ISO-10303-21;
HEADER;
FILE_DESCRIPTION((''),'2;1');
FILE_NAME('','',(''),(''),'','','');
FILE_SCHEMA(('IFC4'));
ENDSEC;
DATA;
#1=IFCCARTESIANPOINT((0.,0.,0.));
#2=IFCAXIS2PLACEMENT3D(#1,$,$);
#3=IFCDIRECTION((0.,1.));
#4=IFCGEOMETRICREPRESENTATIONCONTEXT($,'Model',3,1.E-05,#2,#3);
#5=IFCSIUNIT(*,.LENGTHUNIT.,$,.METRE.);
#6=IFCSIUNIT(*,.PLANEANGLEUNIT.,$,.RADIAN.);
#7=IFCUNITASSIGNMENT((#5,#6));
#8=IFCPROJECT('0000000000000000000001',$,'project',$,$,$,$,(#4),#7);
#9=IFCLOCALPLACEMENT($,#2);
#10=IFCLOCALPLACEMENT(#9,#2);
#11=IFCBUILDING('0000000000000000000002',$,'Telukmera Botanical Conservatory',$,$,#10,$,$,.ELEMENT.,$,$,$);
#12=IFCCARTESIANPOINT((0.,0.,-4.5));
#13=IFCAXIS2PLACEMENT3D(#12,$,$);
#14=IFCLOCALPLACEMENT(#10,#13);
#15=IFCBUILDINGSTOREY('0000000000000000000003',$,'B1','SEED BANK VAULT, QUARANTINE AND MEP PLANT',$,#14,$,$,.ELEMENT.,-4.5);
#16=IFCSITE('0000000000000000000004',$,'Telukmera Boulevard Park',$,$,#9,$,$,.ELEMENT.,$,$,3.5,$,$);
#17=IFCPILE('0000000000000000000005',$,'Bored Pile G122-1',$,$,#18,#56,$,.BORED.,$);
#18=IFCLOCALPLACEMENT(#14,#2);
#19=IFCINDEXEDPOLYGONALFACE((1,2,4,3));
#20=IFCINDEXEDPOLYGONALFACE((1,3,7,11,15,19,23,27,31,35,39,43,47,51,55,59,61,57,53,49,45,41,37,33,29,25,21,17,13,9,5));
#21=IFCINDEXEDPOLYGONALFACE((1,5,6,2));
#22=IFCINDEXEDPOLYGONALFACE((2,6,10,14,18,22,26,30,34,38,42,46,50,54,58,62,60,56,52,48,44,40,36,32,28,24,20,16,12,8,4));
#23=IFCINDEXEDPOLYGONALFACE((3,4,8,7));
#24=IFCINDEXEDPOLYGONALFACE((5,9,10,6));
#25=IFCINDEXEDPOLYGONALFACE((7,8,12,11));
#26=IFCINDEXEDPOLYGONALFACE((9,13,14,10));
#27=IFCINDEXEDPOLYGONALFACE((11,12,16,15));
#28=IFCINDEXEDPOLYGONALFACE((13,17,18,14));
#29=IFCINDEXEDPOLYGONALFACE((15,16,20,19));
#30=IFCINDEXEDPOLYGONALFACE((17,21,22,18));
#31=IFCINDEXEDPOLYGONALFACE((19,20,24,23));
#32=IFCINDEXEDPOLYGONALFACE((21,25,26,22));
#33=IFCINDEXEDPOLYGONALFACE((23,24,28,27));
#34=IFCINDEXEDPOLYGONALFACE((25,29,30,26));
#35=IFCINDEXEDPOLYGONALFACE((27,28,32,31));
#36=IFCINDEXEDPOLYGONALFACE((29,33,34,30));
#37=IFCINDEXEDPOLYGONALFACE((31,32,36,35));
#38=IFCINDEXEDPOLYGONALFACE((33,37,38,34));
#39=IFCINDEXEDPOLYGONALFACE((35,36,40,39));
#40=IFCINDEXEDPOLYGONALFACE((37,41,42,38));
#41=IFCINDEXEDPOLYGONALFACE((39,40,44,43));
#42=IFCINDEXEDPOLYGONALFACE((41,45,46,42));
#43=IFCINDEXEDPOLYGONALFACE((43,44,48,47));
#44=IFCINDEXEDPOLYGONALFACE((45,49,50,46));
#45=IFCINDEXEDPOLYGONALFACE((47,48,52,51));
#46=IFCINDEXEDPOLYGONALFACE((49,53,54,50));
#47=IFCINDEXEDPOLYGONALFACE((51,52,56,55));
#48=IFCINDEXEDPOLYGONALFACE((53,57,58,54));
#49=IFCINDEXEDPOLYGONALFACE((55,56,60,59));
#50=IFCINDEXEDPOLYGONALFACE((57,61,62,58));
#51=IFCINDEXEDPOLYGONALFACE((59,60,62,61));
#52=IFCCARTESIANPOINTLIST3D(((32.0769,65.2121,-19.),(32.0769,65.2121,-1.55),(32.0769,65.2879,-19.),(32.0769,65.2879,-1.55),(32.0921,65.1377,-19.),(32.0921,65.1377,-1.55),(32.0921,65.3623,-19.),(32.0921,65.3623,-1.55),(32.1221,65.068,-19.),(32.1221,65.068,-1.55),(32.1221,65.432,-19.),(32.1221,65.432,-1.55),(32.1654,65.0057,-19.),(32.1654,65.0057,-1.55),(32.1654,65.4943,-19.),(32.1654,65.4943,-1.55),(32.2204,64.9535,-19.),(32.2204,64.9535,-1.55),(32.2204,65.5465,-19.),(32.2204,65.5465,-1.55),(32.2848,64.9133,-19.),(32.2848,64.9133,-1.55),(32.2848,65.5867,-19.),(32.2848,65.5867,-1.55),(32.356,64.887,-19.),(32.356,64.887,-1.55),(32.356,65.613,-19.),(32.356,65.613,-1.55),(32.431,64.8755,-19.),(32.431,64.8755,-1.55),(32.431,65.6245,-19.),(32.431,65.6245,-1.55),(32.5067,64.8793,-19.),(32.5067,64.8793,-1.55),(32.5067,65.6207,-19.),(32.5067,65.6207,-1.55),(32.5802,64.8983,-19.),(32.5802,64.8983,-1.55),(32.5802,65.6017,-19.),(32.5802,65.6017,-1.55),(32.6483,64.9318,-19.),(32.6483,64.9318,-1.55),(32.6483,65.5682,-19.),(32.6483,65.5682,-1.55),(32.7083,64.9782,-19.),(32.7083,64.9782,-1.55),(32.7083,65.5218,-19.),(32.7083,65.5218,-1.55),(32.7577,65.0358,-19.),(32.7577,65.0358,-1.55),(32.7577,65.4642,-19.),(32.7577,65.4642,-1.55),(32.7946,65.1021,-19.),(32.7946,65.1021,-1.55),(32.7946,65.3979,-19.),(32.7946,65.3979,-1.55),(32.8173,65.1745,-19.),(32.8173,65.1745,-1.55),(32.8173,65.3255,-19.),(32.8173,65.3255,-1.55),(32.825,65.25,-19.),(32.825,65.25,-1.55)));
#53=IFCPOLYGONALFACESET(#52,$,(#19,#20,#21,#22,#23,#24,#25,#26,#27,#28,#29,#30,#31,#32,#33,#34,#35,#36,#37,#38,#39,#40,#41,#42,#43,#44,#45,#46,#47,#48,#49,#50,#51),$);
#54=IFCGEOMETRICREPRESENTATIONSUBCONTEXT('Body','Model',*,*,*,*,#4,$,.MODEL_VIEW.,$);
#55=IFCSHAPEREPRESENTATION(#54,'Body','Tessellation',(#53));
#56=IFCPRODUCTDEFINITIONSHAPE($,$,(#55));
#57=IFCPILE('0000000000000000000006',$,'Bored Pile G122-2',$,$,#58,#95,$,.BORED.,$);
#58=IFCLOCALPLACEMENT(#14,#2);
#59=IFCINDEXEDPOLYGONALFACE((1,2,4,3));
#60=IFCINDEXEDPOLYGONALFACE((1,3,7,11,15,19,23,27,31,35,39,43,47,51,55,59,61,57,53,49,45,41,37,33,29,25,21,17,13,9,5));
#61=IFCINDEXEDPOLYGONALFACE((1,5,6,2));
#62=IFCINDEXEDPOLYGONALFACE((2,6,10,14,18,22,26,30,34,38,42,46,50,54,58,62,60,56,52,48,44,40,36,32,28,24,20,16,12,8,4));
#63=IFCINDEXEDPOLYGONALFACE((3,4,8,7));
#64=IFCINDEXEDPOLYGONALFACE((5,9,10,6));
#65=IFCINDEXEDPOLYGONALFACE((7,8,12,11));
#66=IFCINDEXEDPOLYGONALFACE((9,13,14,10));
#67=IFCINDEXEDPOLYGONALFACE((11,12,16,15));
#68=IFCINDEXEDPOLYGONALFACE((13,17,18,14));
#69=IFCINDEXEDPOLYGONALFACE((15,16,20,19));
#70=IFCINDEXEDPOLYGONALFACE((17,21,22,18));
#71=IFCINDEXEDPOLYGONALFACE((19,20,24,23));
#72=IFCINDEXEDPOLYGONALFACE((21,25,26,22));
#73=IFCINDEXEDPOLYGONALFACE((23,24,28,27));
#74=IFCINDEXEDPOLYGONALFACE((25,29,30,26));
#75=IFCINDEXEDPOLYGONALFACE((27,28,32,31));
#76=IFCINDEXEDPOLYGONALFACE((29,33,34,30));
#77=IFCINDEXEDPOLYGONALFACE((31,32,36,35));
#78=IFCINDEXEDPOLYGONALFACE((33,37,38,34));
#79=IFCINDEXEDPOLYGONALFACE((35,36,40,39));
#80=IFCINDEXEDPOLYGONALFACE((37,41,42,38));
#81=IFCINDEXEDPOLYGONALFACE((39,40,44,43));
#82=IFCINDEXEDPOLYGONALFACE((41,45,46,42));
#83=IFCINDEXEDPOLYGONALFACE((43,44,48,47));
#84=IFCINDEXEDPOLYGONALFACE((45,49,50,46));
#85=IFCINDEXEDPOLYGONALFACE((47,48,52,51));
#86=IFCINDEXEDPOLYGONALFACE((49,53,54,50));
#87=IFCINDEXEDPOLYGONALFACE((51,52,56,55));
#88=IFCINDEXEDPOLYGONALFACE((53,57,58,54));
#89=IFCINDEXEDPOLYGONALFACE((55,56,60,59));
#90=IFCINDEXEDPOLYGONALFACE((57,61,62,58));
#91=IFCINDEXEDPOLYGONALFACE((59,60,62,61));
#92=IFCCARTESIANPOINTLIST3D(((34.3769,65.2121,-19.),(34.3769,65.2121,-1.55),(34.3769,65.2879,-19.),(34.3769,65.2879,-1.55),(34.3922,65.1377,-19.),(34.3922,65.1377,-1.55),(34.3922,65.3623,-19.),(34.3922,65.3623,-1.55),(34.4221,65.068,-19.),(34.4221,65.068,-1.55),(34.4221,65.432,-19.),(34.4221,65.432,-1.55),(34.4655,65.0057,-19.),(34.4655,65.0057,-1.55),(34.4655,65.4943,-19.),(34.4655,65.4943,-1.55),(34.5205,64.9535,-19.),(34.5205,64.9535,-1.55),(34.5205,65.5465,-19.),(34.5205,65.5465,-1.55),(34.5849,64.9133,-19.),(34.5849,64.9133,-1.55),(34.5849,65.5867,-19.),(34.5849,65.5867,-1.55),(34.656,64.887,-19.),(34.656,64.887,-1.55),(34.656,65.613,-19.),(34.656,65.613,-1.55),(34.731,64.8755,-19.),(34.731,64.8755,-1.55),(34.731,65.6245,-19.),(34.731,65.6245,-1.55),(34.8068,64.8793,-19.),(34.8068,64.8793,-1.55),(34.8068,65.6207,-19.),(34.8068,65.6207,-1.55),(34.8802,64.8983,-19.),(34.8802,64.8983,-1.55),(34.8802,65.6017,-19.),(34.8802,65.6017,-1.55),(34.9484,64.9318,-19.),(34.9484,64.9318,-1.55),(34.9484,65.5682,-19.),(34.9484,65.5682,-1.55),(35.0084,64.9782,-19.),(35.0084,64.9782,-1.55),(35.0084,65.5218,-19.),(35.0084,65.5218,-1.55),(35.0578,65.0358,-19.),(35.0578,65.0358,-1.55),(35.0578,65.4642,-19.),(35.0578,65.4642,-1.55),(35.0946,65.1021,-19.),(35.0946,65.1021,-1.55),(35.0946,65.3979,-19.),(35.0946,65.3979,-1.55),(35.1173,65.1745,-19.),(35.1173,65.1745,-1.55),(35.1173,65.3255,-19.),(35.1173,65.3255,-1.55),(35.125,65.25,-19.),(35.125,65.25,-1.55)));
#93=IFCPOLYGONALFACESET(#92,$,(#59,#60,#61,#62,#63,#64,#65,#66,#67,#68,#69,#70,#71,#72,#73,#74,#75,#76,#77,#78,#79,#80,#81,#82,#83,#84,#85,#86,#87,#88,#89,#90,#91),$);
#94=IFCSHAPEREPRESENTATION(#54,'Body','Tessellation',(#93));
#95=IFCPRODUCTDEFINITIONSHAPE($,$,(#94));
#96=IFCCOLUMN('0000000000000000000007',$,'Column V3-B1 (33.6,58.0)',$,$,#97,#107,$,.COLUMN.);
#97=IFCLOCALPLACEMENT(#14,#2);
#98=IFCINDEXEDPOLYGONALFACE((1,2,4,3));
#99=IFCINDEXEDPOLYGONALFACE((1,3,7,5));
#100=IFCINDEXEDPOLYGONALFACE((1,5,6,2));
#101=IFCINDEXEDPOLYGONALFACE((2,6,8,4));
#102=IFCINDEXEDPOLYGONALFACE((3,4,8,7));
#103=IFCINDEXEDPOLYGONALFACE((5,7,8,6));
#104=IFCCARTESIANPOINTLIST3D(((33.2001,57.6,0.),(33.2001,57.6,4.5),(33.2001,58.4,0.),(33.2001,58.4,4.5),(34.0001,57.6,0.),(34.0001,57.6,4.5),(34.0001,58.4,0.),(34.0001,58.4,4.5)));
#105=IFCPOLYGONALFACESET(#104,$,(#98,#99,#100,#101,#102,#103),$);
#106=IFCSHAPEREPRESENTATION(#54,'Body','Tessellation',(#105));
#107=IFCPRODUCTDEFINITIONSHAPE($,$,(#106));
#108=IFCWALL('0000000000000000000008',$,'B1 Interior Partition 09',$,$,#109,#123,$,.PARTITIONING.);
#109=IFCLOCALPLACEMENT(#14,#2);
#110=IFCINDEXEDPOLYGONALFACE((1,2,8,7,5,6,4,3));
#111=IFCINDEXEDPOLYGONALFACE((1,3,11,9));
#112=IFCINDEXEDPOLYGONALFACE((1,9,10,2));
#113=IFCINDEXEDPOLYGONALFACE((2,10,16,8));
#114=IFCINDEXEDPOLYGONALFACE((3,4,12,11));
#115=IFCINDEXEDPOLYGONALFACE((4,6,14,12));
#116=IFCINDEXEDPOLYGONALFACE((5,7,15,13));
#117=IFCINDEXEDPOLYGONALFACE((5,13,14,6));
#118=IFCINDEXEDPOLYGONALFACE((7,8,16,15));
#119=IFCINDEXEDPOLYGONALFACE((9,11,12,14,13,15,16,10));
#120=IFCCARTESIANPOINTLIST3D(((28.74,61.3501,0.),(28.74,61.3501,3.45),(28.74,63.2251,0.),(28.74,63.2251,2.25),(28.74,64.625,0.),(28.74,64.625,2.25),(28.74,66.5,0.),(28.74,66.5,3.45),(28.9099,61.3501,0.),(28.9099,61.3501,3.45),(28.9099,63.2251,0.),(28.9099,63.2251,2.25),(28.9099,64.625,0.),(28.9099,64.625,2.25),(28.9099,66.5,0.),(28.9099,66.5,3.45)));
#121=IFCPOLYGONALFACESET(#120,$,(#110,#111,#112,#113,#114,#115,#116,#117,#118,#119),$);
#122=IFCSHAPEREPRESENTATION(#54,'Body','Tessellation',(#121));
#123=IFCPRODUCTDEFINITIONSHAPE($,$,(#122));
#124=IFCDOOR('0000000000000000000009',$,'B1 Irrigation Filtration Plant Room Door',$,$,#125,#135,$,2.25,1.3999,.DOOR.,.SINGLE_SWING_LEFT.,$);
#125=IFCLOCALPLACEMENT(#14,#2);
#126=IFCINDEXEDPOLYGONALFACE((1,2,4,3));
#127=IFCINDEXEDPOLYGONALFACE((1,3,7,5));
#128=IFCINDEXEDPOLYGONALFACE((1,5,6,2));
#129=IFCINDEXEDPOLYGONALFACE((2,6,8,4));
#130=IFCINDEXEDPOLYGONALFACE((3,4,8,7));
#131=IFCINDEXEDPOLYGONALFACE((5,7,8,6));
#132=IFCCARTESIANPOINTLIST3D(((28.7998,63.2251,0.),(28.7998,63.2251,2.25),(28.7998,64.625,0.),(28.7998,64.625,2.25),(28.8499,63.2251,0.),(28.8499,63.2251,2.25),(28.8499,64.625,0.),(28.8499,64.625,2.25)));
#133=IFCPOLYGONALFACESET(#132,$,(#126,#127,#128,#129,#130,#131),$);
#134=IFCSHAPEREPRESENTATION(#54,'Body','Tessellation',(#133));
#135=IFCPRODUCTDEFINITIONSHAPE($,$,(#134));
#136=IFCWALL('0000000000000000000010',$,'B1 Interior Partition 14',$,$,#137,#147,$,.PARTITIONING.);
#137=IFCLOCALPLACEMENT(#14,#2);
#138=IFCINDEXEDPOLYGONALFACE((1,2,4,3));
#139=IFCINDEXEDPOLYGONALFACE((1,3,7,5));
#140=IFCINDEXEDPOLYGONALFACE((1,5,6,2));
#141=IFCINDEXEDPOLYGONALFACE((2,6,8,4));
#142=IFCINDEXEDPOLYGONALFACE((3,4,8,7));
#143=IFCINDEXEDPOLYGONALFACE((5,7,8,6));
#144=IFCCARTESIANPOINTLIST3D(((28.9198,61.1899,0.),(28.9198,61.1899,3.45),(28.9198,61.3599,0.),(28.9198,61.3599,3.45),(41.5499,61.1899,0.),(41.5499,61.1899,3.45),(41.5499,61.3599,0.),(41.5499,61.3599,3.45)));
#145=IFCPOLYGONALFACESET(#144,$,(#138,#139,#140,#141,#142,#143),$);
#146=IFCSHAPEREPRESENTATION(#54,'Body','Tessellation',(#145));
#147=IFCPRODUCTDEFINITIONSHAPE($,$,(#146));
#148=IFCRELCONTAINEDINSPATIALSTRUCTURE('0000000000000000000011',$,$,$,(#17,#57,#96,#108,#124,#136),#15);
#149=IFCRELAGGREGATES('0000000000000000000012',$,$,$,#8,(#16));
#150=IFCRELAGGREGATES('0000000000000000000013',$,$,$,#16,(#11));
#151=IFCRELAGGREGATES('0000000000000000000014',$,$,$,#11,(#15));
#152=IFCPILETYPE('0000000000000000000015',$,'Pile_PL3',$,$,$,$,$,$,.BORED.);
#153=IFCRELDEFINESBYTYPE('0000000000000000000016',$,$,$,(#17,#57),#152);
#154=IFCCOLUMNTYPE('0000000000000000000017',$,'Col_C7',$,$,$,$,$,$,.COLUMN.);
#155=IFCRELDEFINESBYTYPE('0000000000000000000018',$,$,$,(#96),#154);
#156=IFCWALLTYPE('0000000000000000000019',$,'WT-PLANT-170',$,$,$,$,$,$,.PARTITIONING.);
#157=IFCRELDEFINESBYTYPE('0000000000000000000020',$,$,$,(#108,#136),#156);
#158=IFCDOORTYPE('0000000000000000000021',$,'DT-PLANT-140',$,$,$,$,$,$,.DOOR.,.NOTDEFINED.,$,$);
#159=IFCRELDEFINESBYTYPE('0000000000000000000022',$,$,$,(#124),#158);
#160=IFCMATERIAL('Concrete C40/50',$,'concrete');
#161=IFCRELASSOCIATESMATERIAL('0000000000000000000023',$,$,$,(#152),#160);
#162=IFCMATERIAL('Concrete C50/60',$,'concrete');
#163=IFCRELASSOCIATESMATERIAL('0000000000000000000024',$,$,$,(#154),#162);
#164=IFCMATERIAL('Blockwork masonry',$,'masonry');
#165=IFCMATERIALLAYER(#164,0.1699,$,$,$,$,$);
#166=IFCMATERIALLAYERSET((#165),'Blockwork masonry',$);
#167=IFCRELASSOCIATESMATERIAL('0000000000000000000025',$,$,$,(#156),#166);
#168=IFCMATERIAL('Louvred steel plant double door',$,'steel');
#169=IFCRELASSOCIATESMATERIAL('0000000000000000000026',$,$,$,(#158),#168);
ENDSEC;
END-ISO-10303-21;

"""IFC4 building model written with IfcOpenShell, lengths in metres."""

from ifc_helpers import new_model, si_unit, direction, frame, frame_2d, origin, origin_2d, place, context, subcontext, project, spatial, rectangle, circle, extrude, material, layer, layer_set, material_profile, profile_set, type_object, element, fill, save


model = new_model("IFC4")

# Units and contexts
model_context = context("Model", 3, precision=1e-05, world=origin(), true_north=direction((0.0, 1.0)))
body_context = subcontext(model_context, "Body", "Model", "MODEL_VIEW")
ifc_project = project(units=[si_unit("LENGTHUNIT", "METRE"), si_unit("PLANEANGLEUNIT", "RADIAN")], contexts=[model_context])

# Site, building, storey
site_placement = place(None, origin())
site = spatial("IfcSite", under=ifc_project, at=site_placement, Name="Telukmera Boulevard Park", CompositionType="ELEMENT", RefElevation=3.5)
building_placement = place(site_placement, origin())
building = spatial("IfcBuilding", under=site, at=building_placement, Name="Telukmera Botanical Conservatory", CompositionType="ELEMENT")
storey_placement = place(building_placement, frame((0.0, 0.0, -4.5)))
storey = spatial("IfcBuildingStorey", under=building, at=storey_placement, Name="B1", Description="SEED BANK VAULT, QUARANTINE AND MEP PLANT", CompositionType="ELEMENT", Elevation=-4.5)

# Shared definitions
ifc_material_1 = material(Name="Concrete C50/60", Category="concrete")
ifc_material_2 = material(Name="Concrete C40/50", Category="concrete")

# Piles
ifc_material_profile_1 = material_profile(ifc_material_2, circle(Radius=0.375, at=origin_2d()), Name="PILE D750")
ifc_profile_set_1 = profile_set([ifc_material_profile_1], Name="Concrete C40/50")
pile_type = type_object("IfcPileType", Name="Pile_PL3", PredefinedType="BORED", material=ifc_profile_set_1)
for number, where, z_axis, x_axis, name in (
    (1, (32.45, 65.25, -1.55), (0.0, 0.0, -1.0), (1.0, 0.0, 0.0), "Bored Pile G122-1"),
    (2, (34.75, 65.25, -1.55), (0.0, 0.0, -1.0), (1.0, 0.0, 0.0), "Bored Pile G122-2"),
):
    element("IfcPile", number, at=place(storey_placement, frame(where, z_axis=z_axis, x_axis=x_axis)), inside=storey, type_object=pile_type, Name=name, PredefinedType="BORED", context=body_context, shape_type="SweptSolid", body=[
        extrude(circle(Radius=0.375, at=origin_2d()), origin(), (0.0, 0.0, 1.0), 17.45),
    ])

# Column
ifc_material_profile_2 = material_profile(ifc_material_1, rectangle(XDim=0.8, YDim=0.8, at=origin_2d()), Name="RC 800x800")
ifc_profile_set_2 = profile_set([ifc_material_profile_2], Name="Concrete C50/60")
column_type = type_object("IfcColumnType", Name="Col_C7", PredefinedType="COLUMN", material=ifc_profile_set_2)
column_placement = place(storey_placement, frame((33.6001, 58.0, 0.0), z_axis=(0.0, 0.0, 1.0), x_axis=(1.0, 0.0, 0.0)))
element("IfcColumn", 3, at=column_placement, inside=storey, type_object=column_type, Name="Column V3-B1 (33.6,58.0)", PredefinedType="COLUMN", context=body_context, shape_type="SweptSolid", body=[
    extrude(rectangle(XDim=0.8, YDim=0.8, at=origin_2d()), origin(), (0.0, 0.0, 1.0), 4.5),
])

# Wall, opening, door
ifc_material_3 = material(Name="Blockwork masonry", Category="masonry")
ifc_layer = layer(ifc_material_3, 0.1699)
ifc_layer_set = layer_set([ifc_layer], Name="Blockwork masonry")
wall_type = type_object("IfcWallType", Name="WT-PLANT-170", PredefinedType="PARTITIONING", material=ifc_layer_set)
wall_1_placement = place(storey_placement, frame((28.825, 61.3501, 0.0), z_axis=(0.0, 0.0, 1.0), x_axis=(0.0, 1.0, 0.0)))
wall_1 = element("IfcWall", 4, at=wall_1_placement, inside=storey, type_object=wall_type, Name="B1 Interior Partition 09", PredefinedType="PARTITIONING", context=body_context, shape_type="SweptSolid", body=[
    extrude(rectangle(XDim=5.1499, YDim=0.1699, at=frame_2d((2.575, 0.0))), origin(), (0.0, 0.0, 1.0), 3.45),
])
opening_placement = place(wall_1_placement, frame((1.875, 0.0, 0.0)))
opening = element("IfcOpeningElement", 5, at=opening_placement, cuts=wall_1, PredefinedType="OPENING", context=body_context, shape_type="SweptSolid", body=[
    extrude(rectangle(XDim=1.3999, YDim=2.25, at=frame_2d((0.7, 1.125))), frame((0.0, 0.095, 0.0), z_axis=(0.0, -1.0, 0.0), x_axis=(1.0, 0.0, 0.0)), (0.0, 0.0, 1.0), 0.1899),
])
ifc_material_4 = material(Name="Louvred steel plant double door", Category="steel")
door_type = type_object("IfcDoorType", Name="DT-PLANT-140", OperationType="NOTDEFINED", PredefinedType="DOOR", material=ifc_material_4)
door_placement = place(opening_placement, frame((1.3999, 0.0, 0.0), z_axis=(0.0, 0.0, 1.0), x_axis=(-1.0, 0.0, 0.0)))
door = element("IfcDoor", 6, at=door_placement, inside=storey, type_object=door_type, Name="B1 Irrigation Filtration Plant Room Door", OperationType="SINGLE_SWING_LEFT", OverallHeight=2.25, OverallWidth=1.3999, PredefinedType="DOOR", context=body_context, shape_type="SweptSolid", body=[
    extrude(rectangle(XDim=1.3999, YDim=2.25, at=frame_2d((0.7, 1.125))), frame((0.0, 0.0249, 0.0), z_axis=(0.0, -1.0, 0.0), x_axis=(1.0, 0.0, 0.0)), (0.0, 0.0, 1.0), 0.05),
])
fill(opening, door)

# Wall
wall_2_placement = place(storey_placement, frame((28.9199, 61.2749, 0.0), z_axis=(0.0, 0.0, 1.0), x_axis=(1.0, 0.0, 0.0)))
element("IfcWall", 7, at=wall_2_placement, inside=storey, type_object=wall_type, Name="B1 Interior Partition 14", PredefinedType="PARTITIONING", context=body_context, shape_type="SweptSolid", body=[
    extrude(rectangle(XDim=12.6301, YDim=0.1699, at=frame_2d((6.3149, 0.0))), origin(), (0.0, 0.0, 1.0), 3.45),
])

save(model, "model.ifc")
